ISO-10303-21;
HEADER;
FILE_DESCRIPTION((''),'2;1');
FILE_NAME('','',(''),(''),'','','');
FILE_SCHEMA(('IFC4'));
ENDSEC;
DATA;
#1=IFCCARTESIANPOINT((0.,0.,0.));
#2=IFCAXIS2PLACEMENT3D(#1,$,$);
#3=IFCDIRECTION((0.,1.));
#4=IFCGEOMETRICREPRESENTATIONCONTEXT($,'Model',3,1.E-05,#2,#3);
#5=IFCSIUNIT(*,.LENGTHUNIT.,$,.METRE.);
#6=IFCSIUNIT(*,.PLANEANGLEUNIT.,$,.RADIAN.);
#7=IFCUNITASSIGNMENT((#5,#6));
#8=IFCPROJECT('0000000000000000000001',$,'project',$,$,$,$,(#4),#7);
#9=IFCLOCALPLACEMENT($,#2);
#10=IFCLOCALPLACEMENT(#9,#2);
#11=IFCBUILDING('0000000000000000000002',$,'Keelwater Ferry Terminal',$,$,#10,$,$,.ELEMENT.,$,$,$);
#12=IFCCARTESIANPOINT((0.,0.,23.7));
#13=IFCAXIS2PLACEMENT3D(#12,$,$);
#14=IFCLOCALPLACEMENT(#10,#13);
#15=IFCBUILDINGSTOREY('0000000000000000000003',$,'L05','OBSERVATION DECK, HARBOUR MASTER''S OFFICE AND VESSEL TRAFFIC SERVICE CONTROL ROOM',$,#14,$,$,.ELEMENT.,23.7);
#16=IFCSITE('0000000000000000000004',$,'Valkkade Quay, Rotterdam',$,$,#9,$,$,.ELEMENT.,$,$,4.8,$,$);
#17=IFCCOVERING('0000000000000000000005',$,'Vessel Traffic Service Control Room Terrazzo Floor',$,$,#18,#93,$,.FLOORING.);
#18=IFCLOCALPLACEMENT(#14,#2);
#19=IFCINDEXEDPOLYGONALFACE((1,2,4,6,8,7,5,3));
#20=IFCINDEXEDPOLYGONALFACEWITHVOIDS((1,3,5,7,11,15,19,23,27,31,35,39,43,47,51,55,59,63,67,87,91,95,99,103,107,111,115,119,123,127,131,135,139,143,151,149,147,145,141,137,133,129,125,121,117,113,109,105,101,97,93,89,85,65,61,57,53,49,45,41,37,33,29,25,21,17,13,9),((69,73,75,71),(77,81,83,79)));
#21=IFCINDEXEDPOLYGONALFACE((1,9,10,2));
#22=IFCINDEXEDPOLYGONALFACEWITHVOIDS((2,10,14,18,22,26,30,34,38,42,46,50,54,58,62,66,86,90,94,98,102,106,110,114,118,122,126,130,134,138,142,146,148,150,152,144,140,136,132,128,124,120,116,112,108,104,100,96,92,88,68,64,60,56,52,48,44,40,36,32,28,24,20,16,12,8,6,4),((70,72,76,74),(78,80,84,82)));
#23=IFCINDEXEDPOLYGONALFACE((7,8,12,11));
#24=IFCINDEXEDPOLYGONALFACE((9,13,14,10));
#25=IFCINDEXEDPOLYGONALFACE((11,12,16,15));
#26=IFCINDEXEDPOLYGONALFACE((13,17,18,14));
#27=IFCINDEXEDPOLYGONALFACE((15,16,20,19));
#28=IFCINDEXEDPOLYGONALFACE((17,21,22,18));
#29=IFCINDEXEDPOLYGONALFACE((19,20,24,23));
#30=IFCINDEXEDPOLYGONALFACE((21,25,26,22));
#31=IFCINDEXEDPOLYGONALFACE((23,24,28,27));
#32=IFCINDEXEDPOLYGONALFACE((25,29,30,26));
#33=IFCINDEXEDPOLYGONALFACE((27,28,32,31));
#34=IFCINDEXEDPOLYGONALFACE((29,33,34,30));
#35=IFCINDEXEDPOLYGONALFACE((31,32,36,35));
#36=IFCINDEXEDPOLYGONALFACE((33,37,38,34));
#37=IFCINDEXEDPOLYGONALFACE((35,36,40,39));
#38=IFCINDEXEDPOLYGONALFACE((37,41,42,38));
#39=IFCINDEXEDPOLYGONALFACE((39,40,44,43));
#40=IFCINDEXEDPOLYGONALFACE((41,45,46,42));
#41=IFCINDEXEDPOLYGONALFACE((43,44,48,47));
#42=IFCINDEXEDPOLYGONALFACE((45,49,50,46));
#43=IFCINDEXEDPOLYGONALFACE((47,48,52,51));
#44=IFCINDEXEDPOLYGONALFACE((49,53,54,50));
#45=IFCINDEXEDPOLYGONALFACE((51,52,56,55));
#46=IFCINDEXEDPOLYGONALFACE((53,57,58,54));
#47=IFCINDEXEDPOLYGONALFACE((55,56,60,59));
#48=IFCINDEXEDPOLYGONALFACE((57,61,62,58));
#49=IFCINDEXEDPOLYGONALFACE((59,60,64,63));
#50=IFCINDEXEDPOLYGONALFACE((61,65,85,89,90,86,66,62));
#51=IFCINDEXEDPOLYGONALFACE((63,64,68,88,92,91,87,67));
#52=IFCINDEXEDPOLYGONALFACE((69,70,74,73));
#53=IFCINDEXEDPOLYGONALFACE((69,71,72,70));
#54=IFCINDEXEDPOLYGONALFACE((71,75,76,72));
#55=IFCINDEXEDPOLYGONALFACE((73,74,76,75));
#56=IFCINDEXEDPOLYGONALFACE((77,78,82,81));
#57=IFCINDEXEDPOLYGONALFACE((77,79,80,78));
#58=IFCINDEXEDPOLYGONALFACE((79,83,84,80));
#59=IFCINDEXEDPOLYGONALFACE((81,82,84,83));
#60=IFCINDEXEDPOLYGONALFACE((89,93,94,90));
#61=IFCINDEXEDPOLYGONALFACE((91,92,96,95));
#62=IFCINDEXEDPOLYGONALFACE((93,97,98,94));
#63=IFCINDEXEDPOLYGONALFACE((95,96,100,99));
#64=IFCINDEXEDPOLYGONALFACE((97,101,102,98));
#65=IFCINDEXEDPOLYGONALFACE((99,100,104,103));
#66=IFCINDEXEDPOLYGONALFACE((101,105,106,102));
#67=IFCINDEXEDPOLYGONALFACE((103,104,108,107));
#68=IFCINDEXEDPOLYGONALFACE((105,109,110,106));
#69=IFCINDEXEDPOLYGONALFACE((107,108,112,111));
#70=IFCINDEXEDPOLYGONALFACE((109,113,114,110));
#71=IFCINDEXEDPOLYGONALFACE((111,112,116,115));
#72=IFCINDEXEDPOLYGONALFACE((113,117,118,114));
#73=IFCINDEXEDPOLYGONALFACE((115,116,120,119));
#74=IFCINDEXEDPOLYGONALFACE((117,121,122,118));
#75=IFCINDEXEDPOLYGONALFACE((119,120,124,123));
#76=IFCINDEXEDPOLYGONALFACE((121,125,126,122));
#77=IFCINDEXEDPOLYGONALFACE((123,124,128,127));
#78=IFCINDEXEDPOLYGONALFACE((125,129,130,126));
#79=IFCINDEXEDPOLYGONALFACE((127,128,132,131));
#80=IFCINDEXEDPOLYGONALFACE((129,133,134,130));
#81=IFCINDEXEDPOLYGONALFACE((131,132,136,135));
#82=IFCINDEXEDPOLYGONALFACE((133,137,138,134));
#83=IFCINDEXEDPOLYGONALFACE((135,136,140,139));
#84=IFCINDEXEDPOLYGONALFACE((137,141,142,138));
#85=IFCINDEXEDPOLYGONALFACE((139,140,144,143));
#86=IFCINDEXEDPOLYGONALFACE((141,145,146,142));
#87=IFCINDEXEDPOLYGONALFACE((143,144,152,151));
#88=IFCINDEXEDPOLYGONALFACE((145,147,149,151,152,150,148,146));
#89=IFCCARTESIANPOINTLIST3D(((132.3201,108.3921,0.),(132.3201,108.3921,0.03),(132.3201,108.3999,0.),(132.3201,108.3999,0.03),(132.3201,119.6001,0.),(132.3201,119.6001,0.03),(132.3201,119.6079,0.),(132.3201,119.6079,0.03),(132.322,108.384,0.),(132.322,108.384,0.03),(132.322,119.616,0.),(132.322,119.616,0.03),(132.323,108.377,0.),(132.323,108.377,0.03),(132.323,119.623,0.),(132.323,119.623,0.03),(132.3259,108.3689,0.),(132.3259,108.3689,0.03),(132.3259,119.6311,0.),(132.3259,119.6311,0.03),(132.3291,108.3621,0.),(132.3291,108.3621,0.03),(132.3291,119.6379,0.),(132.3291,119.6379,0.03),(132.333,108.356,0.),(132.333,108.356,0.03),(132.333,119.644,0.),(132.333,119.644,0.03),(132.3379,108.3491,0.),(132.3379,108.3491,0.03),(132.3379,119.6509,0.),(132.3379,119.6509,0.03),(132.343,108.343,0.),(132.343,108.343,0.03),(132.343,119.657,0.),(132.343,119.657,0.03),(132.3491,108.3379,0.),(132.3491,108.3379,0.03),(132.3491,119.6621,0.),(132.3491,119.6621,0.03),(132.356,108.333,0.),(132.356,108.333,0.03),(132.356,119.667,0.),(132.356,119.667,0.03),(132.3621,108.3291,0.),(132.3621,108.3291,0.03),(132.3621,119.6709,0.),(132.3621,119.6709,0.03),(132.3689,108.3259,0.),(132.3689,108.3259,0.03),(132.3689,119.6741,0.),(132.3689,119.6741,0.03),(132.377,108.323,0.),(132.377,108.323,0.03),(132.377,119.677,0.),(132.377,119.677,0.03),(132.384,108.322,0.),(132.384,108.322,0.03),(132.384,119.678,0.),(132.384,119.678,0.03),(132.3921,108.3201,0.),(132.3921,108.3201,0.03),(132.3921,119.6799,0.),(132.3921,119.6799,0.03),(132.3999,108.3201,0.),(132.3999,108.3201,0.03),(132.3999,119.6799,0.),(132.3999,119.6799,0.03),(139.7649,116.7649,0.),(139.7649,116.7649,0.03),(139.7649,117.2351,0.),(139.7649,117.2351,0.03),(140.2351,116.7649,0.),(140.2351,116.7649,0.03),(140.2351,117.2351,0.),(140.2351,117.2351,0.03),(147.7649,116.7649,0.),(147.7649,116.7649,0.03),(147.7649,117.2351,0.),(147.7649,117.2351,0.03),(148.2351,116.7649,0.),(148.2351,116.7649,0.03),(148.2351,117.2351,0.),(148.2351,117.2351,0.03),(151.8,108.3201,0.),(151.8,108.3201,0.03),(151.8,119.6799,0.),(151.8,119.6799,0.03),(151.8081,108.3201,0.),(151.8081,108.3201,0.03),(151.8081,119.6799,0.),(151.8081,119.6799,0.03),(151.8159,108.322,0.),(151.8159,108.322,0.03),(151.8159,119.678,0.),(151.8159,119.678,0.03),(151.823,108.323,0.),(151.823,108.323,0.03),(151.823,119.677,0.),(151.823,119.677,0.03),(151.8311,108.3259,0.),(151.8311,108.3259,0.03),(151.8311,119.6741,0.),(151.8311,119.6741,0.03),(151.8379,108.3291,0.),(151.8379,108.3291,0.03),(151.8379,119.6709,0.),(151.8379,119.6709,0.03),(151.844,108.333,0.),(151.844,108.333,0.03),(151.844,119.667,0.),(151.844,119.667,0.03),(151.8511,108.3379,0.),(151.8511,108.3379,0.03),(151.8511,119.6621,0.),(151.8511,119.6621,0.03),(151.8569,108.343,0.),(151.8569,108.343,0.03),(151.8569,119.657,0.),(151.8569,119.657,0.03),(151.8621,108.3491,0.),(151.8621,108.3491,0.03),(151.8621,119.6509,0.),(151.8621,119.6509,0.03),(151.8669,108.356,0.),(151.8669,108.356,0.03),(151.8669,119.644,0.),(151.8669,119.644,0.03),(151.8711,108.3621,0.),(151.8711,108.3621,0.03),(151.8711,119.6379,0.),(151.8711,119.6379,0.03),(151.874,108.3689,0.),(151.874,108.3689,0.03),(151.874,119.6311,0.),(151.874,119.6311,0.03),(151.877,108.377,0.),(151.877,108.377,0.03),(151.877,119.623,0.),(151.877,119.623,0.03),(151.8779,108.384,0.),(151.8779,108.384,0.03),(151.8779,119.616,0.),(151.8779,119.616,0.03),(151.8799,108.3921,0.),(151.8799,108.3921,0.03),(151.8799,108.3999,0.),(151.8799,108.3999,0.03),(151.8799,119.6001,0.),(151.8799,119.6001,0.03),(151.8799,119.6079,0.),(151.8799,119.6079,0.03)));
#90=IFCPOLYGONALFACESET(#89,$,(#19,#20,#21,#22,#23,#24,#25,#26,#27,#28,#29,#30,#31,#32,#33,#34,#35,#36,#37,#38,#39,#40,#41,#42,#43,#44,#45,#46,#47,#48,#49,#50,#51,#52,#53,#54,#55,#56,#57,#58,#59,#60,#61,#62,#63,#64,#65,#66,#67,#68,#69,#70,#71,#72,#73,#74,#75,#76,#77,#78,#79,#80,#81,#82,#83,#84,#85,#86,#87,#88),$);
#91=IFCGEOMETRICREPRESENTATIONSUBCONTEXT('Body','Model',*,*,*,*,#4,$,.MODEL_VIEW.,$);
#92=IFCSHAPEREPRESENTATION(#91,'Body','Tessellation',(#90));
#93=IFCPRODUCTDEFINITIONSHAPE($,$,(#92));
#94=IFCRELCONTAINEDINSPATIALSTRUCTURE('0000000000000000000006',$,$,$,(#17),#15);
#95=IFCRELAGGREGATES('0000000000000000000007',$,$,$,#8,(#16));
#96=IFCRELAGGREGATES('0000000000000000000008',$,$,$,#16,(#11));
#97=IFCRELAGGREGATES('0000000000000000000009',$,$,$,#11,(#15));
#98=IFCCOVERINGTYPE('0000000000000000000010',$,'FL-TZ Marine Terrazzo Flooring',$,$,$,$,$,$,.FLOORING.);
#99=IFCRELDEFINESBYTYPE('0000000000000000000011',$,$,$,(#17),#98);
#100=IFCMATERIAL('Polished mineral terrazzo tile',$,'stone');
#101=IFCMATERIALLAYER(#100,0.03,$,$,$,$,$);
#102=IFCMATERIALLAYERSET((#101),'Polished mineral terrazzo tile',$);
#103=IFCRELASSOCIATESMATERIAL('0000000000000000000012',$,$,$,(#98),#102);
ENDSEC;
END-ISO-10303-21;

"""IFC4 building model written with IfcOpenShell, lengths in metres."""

from ifc_helpers import new_model, si_unit, direction, frame, origin, place, context, subcontext, project, spatial, polyline, outline, extrude, material, layer, layer_set, type_object, element, save


model = new_model("IFC4")

# Units and contexts
model_context = context("Model", 3, precision=1e-05, world=origin(), true_north=direction((0.0, 1.0)))
body_context = subcontext(model_context, "Body", "Model", "MODEL_VIEW")
ifc_project = project(units=[si_unit("LENGTHUNIT", "METRE"), si_unit("PLANEANGLEUNIT", "RADIAN")], contexts=[model_context])

# Site, building, storey
site_placement = place(None, origin())
site = spatial("IfcSite", under=ifc_project, at=site_placement, Name="Valkkade Quay, Rotterdam", CompositionType="ELEMENT", RefElevation=4.8)
building_placement = place(site_placement, origin())
building = spatial("IfcBuilding", under=site, at=building_placement, Name="Keelwater Ferry Terminal", CompositionType="ELEMENT")
storey_placement = place(building_placement, frame((0.0, 0.0, 23.7)))
storey = spatial("IfcBuildingStorey", under=building, at=storey_placement, Name="L05", Description="OBSERVATION DECK, HARBOUR MASTER'S OFFICE AND VESSEL TRAFFIC SERVICE CONTROL ROOM", CompositionType="ELEMENT", Elevation=23.7)

# Covering
ifc_material_1 = material(Name="Polished mineral terrazzo tile", Category="stone")
ifc_layer_1 = layer(ifc_material_1, 0.03)
ifc_layer_set_1 = layer_set([ifc_layer_1], Name="Polished mineral terrazzo tile")
covering_type_1 = type_object("IfcCoveringType", Name="FL-TZ Marine Terrazzo Flooring", PredefinedType="FLOORING", material=ifc_layer_set_1)
covering_1_placement = place(storey_placement, origin())
element("IfcCovering", 1, at=covering_1_placement, inside=storey, type_object=covering_type_1, Name="Vessel Traffic Service Control Room Terrazzo Floor", PredefinedType="FLOORING", context=body_context, shape_type="SweptSolid", body=[
    extrude(outline(polyline([(151.8159, 119.678), (151.823, 119.677), (151.8311, 119.6741), (151.8379, 119.6709), (151.844, 119.667), (151.8511, 119.6621), (151.8569, 119.657), (151.8621, 119.6509), (151.8669, 119.644), (151.8711, 119.6379), (151.874, 119.6311), (151.877, 119.623), (151.8779, 119.616), (151.8799, 119.6079), (151.8799, 119.6001), (151.8799, 108.3999), (151.8799, 108.3921), (151.8779, 108.384), (151.877, 108.377), (151.874, 108.3689), (151.8711, 108.3621), (151.8669, 108.356), (151.8621, 108.3491), (151.8569, 108.343), (151.8511, 108.3379), (151.844, 108.333), (151.8379, 108.3291), (151.8311, 108.3259), (151.823, 108.323), (151.8159, 108.322), (151.8081, 108.3201), (151.8, 108.3201), (132.3999, 108.3201), (132.3921, 108.3201), (132.384, 108.322), (132.377, 108.323), (132.3689, 108.3259), (132.3621, 108.3291), (132.356, 108.333), (132.3491, 108.3379), (132.343, 108.343), (132.3379, 108.3491), (132.333, 108.356), (132.3291, 108.3621), (132.3259, 108.3689), (132.323, 108.377), (132.322, 108.384), (132.3201, 108.3921), (132.3201, 108.3999), (132.3201, 119.6001), (132.3201, 119.6079), (132.322, 119.616), (132.323, 119.623), (132.3259, 119.6311), (132.3291, 119.6379), (132.333, 119.644), (132.3379, 119.6509), (132.343, 119.657), (132.3491, 119.6621), (132.356, 119.667), (132.3621, 119.6709), (132.3689, 119.6741), (132.377, 119.677), (132.384, 119.678), (132.3921, 119.6799), (132.3999, 119.6799), (151.8, 119.6799), (151.8081, 119.6799), (151.8159, 119.678)]), holes=[polyline([(140.2351, 116.7649), (140.2351, 117.2351), (139.7649, 117.2351), (139.7649, 116.7649), (140.2351, 116.7649)]), polyline([(148.2351, 116.7649), (148.2351, 117.2351), (147.7649, 117.2351), (147.7649, 116.7649), (148.2351, 116.7649)])]), origin(), (0.0, 0.0, 1.0), 0.03),
])

save(model, "model.ifc")
